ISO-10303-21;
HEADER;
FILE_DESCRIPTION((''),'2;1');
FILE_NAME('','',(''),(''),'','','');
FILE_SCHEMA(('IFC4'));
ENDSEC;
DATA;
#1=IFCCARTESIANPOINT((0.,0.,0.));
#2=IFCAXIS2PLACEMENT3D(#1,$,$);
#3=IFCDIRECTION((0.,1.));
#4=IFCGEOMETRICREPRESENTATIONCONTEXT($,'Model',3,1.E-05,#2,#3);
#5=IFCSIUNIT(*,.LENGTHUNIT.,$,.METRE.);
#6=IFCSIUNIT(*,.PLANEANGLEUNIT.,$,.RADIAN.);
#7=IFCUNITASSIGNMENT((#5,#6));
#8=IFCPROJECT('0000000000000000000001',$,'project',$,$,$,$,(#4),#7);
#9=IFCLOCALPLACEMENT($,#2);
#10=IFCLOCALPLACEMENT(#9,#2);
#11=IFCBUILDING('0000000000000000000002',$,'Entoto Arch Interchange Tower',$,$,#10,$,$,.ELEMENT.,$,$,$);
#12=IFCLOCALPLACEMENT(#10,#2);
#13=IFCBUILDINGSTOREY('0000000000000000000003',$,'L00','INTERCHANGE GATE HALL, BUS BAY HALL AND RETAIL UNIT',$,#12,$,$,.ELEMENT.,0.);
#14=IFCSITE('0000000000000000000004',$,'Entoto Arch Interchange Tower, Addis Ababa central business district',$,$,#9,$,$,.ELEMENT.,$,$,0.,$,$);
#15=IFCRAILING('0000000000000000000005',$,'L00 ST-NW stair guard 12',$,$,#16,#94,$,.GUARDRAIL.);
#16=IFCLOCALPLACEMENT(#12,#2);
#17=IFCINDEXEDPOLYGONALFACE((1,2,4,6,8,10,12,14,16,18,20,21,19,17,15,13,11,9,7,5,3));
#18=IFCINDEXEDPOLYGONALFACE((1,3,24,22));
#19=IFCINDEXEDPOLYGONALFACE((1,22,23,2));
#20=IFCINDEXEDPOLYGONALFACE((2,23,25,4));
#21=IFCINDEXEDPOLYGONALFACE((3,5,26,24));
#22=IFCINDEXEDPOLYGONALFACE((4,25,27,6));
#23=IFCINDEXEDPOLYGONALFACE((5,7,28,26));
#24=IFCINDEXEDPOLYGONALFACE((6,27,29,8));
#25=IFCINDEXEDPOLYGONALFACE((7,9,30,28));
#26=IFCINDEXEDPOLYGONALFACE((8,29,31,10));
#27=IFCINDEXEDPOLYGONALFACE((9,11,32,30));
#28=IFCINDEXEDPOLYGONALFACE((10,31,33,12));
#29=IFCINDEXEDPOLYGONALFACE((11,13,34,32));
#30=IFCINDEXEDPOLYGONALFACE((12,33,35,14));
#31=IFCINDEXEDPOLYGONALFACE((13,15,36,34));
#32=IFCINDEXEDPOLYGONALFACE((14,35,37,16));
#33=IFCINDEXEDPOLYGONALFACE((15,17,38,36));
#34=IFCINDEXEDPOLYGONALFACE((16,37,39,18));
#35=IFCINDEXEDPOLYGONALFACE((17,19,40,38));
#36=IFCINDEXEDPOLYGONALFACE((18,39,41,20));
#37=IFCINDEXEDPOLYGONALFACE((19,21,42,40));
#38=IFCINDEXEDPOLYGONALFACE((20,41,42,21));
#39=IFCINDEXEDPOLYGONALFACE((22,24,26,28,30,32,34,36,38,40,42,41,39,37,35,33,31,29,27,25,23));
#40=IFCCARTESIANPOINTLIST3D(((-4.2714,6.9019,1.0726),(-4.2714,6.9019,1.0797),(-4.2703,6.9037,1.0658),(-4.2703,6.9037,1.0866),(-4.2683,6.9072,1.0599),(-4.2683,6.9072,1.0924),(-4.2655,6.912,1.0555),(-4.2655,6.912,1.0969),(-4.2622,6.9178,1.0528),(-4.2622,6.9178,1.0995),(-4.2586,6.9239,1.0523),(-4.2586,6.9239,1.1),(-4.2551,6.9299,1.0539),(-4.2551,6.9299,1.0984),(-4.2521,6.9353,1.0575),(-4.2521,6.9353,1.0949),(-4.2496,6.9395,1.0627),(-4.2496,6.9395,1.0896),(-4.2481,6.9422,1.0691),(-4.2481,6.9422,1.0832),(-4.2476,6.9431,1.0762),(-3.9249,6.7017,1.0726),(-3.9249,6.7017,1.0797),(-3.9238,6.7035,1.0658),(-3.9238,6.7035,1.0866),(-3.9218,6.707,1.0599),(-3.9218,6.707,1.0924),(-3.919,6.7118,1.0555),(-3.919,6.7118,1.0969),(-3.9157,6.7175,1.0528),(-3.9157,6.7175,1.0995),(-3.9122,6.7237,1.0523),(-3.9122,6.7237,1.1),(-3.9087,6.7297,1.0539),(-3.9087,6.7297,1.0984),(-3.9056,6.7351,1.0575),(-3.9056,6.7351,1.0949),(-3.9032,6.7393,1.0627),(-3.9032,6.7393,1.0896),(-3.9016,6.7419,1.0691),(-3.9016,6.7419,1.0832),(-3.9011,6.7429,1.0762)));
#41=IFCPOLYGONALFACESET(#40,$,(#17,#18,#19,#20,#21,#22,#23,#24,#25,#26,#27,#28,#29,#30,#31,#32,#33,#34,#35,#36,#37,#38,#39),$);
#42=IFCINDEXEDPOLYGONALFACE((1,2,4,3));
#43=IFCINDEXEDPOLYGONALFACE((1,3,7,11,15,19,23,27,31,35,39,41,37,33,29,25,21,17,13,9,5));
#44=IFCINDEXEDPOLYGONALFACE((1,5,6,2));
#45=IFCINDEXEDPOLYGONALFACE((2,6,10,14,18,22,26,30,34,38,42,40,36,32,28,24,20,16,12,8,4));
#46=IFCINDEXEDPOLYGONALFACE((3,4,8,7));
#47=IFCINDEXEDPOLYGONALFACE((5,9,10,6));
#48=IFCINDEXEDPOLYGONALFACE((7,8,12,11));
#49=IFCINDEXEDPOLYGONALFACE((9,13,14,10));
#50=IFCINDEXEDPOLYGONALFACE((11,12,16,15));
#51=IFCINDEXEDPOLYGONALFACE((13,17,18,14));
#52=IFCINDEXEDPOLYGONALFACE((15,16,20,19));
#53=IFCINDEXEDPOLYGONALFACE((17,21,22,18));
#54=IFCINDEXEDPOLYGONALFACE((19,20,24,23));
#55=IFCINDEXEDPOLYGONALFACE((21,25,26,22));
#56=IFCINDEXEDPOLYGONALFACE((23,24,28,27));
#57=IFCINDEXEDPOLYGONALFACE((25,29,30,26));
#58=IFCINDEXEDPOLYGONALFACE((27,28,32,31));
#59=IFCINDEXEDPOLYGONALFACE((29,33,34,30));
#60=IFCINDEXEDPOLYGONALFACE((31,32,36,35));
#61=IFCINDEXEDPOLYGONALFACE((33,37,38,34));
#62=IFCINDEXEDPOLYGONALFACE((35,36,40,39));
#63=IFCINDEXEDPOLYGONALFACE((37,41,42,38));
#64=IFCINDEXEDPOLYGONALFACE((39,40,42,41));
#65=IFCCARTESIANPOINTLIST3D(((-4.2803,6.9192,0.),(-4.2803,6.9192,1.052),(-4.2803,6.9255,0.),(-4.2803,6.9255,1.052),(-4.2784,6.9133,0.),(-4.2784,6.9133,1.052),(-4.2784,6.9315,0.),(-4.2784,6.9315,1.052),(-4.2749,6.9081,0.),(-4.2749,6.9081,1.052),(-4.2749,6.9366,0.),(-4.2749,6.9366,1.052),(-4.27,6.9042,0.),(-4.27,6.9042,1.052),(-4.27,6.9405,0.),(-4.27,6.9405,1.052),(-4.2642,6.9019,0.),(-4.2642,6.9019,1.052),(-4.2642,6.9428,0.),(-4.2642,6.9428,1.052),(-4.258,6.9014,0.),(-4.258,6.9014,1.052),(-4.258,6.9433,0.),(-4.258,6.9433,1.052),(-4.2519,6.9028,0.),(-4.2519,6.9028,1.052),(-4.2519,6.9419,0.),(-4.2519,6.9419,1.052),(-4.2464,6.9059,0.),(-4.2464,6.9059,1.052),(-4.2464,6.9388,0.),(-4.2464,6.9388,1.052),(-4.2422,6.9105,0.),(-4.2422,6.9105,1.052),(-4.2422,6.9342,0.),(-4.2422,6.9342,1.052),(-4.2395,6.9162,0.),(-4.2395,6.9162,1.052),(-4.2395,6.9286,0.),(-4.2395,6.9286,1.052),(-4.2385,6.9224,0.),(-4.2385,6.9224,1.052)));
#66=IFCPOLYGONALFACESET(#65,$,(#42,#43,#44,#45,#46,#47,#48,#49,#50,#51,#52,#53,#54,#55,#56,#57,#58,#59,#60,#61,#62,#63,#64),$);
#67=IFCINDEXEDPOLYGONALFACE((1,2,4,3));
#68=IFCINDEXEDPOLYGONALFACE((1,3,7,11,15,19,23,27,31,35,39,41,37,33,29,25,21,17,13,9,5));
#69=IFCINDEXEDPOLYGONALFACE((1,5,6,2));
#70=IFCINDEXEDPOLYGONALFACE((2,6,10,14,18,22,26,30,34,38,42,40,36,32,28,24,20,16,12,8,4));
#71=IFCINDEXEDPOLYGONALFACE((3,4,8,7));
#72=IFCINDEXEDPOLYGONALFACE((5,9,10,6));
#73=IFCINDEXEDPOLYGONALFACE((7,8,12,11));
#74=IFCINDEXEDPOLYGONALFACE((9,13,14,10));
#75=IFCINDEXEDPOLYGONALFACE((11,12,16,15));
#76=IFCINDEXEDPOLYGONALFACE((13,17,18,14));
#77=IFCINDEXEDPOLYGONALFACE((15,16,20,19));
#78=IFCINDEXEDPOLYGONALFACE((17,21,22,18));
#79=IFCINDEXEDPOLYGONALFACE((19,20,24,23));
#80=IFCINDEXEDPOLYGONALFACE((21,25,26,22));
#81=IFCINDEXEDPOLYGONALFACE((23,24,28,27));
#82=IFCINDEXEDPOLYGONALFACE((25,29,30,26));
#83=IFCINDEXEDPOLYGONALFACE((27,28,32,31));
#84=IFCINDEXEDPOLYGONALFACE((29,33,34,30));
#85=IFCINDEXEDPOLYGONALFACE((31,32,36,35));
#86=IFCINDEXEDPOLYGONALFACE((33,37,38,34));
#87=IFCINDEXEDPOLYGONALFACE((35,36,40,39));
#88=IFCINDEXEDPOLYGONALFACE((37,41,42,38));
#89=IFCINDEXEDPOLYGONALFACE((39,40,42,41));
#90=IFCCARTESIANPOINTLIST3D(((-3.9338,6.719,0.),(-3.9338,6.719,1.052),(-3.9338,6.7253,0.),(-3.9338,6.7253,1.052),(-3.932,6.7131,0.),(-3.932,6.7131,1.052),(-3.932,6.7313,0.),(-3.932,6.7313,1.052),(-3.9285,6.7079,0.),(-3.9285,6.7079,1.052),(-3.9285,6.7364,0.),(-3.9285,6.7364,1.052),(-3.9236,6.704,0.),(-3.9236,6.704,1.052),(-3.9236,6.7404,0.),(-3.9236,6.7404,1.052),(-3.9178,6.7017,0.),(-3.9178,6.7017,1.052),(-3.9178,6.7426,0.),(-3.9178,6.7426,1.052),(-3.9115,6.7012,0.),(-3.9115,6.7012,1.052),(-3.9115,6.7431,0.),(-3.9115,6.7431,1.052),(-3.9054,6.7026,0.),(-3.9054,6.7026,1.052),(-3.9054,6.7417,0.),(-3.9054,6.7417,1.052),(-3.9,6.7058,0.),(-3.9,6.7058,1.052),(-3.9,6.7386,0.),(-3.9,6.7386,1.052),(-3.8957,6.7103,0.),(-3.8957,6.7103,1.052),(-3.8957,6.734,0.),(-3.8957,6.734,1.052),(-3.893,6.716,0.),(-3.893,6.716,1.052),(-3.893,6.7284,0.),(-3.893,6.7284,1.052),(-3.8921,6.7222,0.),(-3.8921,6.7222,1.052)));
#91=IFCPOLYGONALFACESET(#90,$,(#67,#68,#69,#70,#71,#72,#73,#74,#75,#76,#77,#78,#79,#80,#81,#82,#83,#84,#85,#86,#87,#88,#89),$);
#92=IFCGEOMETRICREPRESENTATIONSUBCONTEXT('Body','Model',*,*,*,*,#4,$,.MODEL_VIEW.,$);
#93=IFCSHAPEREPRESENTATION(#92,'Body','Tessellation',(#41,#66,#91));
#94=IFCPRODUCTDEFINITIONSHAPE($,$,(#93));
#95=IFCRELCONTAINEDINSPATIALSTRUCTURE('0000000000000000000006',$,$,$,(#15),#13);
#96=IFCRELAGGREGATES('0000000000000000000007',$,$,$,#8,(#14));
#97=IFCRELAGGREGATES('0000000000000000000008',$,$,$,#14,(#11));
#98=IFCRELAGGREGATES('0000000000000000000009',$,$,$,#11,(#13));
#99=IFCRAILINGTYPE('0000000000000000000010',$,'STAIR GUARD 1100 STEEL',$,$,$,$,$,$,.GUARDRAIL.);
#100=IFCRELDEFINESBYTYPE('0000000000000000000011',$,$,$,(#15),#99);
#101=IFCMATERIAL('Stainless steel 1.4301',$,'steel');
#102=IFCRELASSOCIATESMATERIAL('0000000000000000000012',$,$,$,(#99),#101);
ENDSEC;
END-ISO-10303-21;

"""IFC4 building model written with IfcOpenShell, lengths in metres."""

from ifc_helpers import new_model, si_unit, direction, frame, origin, origin_2d, place, context, subcontext, project, spatial, circle, extrude, material, type_object, element, save


model = new_model("IFC4")

# Units and contexts
model_context = context("Model", 3, precision=1e-05, world=origin(), true_north=direction((0.0, 1.0)))
body_context = subcontext(model_context, "Body", "Model", "MODEL_VIEW")
ifc_project = project(units=[si_unit("LENGTHUNIT", "METRE"), si_unit("PLANEANGLEUNIT", "RADIAN")], contexts=[model_context])

# Site, building, storey
site_placement = place(None, origin())
site = spatial("IfcSite", under=ifc_project, at=site_placement, Name="Entoto Arch Interchange Tower, Addis Ababa central business district", CompositionType="ELEMENT", RefElevation=0.0)
building_placement = place(site_placement, origin())
building = spatial("IfcBuilding", under=site, at=building_placement, Name="Entoto Arch Interchange Tower", CompositionType="ELEMENT")
storey_placement = place(building_placement, origin())
storey = spatial("IfcBuildingStorey", under=building, at=storey_placement, Name="L00", Description="INTERCHANGE GATE HALL, BUS BAY HALL AND RETAIL UNIT", CompositionType="ELEMENT", Elevation=0.0)

# Railing
ifc_material_1 = material(Name="Stainless steel 1.4301", Category="steel")
railing_type_1 = type_object("IfcRailingType", Name="STAIR GUARD 1100 STEEL", PredefinedType="GUARDRAIL", material=ifc_material_1)
railing_1_placement = place(storey_placement, frame((-4.2595, 6.9224, 0.0)))
element("IfcRailing", 1, at=railing_1_placement, inside=storey, type_object=railing_type_1, Name="L00 ST-NW stair guard 12", PredefinedType="GUARDRAIL", context=body_context, shape_type="SweptSolid", body=[
    extrude(circle(Radius=0.0239, at=origin_2d()), frame((0.0, 0.0, 1.0762), z_axis=(0.86583, -0.500339, 0.0), x_axis=(0.500339, 0.86583, 0.0)), (0.0, 0.0, 1.0), 0.4001),
    extrude(circle(Radius=0.021, at=origin_2d()), origin(), (0.0, 0.0, 1.0), 1.052),
    extrude(circle(Radius=0.021, at=origin_2d()), frame((0.3464, -0.2002, 0.0)), (0.0, 0.0, 1.0), 1.052),
])

save(model, "model.ifc")
